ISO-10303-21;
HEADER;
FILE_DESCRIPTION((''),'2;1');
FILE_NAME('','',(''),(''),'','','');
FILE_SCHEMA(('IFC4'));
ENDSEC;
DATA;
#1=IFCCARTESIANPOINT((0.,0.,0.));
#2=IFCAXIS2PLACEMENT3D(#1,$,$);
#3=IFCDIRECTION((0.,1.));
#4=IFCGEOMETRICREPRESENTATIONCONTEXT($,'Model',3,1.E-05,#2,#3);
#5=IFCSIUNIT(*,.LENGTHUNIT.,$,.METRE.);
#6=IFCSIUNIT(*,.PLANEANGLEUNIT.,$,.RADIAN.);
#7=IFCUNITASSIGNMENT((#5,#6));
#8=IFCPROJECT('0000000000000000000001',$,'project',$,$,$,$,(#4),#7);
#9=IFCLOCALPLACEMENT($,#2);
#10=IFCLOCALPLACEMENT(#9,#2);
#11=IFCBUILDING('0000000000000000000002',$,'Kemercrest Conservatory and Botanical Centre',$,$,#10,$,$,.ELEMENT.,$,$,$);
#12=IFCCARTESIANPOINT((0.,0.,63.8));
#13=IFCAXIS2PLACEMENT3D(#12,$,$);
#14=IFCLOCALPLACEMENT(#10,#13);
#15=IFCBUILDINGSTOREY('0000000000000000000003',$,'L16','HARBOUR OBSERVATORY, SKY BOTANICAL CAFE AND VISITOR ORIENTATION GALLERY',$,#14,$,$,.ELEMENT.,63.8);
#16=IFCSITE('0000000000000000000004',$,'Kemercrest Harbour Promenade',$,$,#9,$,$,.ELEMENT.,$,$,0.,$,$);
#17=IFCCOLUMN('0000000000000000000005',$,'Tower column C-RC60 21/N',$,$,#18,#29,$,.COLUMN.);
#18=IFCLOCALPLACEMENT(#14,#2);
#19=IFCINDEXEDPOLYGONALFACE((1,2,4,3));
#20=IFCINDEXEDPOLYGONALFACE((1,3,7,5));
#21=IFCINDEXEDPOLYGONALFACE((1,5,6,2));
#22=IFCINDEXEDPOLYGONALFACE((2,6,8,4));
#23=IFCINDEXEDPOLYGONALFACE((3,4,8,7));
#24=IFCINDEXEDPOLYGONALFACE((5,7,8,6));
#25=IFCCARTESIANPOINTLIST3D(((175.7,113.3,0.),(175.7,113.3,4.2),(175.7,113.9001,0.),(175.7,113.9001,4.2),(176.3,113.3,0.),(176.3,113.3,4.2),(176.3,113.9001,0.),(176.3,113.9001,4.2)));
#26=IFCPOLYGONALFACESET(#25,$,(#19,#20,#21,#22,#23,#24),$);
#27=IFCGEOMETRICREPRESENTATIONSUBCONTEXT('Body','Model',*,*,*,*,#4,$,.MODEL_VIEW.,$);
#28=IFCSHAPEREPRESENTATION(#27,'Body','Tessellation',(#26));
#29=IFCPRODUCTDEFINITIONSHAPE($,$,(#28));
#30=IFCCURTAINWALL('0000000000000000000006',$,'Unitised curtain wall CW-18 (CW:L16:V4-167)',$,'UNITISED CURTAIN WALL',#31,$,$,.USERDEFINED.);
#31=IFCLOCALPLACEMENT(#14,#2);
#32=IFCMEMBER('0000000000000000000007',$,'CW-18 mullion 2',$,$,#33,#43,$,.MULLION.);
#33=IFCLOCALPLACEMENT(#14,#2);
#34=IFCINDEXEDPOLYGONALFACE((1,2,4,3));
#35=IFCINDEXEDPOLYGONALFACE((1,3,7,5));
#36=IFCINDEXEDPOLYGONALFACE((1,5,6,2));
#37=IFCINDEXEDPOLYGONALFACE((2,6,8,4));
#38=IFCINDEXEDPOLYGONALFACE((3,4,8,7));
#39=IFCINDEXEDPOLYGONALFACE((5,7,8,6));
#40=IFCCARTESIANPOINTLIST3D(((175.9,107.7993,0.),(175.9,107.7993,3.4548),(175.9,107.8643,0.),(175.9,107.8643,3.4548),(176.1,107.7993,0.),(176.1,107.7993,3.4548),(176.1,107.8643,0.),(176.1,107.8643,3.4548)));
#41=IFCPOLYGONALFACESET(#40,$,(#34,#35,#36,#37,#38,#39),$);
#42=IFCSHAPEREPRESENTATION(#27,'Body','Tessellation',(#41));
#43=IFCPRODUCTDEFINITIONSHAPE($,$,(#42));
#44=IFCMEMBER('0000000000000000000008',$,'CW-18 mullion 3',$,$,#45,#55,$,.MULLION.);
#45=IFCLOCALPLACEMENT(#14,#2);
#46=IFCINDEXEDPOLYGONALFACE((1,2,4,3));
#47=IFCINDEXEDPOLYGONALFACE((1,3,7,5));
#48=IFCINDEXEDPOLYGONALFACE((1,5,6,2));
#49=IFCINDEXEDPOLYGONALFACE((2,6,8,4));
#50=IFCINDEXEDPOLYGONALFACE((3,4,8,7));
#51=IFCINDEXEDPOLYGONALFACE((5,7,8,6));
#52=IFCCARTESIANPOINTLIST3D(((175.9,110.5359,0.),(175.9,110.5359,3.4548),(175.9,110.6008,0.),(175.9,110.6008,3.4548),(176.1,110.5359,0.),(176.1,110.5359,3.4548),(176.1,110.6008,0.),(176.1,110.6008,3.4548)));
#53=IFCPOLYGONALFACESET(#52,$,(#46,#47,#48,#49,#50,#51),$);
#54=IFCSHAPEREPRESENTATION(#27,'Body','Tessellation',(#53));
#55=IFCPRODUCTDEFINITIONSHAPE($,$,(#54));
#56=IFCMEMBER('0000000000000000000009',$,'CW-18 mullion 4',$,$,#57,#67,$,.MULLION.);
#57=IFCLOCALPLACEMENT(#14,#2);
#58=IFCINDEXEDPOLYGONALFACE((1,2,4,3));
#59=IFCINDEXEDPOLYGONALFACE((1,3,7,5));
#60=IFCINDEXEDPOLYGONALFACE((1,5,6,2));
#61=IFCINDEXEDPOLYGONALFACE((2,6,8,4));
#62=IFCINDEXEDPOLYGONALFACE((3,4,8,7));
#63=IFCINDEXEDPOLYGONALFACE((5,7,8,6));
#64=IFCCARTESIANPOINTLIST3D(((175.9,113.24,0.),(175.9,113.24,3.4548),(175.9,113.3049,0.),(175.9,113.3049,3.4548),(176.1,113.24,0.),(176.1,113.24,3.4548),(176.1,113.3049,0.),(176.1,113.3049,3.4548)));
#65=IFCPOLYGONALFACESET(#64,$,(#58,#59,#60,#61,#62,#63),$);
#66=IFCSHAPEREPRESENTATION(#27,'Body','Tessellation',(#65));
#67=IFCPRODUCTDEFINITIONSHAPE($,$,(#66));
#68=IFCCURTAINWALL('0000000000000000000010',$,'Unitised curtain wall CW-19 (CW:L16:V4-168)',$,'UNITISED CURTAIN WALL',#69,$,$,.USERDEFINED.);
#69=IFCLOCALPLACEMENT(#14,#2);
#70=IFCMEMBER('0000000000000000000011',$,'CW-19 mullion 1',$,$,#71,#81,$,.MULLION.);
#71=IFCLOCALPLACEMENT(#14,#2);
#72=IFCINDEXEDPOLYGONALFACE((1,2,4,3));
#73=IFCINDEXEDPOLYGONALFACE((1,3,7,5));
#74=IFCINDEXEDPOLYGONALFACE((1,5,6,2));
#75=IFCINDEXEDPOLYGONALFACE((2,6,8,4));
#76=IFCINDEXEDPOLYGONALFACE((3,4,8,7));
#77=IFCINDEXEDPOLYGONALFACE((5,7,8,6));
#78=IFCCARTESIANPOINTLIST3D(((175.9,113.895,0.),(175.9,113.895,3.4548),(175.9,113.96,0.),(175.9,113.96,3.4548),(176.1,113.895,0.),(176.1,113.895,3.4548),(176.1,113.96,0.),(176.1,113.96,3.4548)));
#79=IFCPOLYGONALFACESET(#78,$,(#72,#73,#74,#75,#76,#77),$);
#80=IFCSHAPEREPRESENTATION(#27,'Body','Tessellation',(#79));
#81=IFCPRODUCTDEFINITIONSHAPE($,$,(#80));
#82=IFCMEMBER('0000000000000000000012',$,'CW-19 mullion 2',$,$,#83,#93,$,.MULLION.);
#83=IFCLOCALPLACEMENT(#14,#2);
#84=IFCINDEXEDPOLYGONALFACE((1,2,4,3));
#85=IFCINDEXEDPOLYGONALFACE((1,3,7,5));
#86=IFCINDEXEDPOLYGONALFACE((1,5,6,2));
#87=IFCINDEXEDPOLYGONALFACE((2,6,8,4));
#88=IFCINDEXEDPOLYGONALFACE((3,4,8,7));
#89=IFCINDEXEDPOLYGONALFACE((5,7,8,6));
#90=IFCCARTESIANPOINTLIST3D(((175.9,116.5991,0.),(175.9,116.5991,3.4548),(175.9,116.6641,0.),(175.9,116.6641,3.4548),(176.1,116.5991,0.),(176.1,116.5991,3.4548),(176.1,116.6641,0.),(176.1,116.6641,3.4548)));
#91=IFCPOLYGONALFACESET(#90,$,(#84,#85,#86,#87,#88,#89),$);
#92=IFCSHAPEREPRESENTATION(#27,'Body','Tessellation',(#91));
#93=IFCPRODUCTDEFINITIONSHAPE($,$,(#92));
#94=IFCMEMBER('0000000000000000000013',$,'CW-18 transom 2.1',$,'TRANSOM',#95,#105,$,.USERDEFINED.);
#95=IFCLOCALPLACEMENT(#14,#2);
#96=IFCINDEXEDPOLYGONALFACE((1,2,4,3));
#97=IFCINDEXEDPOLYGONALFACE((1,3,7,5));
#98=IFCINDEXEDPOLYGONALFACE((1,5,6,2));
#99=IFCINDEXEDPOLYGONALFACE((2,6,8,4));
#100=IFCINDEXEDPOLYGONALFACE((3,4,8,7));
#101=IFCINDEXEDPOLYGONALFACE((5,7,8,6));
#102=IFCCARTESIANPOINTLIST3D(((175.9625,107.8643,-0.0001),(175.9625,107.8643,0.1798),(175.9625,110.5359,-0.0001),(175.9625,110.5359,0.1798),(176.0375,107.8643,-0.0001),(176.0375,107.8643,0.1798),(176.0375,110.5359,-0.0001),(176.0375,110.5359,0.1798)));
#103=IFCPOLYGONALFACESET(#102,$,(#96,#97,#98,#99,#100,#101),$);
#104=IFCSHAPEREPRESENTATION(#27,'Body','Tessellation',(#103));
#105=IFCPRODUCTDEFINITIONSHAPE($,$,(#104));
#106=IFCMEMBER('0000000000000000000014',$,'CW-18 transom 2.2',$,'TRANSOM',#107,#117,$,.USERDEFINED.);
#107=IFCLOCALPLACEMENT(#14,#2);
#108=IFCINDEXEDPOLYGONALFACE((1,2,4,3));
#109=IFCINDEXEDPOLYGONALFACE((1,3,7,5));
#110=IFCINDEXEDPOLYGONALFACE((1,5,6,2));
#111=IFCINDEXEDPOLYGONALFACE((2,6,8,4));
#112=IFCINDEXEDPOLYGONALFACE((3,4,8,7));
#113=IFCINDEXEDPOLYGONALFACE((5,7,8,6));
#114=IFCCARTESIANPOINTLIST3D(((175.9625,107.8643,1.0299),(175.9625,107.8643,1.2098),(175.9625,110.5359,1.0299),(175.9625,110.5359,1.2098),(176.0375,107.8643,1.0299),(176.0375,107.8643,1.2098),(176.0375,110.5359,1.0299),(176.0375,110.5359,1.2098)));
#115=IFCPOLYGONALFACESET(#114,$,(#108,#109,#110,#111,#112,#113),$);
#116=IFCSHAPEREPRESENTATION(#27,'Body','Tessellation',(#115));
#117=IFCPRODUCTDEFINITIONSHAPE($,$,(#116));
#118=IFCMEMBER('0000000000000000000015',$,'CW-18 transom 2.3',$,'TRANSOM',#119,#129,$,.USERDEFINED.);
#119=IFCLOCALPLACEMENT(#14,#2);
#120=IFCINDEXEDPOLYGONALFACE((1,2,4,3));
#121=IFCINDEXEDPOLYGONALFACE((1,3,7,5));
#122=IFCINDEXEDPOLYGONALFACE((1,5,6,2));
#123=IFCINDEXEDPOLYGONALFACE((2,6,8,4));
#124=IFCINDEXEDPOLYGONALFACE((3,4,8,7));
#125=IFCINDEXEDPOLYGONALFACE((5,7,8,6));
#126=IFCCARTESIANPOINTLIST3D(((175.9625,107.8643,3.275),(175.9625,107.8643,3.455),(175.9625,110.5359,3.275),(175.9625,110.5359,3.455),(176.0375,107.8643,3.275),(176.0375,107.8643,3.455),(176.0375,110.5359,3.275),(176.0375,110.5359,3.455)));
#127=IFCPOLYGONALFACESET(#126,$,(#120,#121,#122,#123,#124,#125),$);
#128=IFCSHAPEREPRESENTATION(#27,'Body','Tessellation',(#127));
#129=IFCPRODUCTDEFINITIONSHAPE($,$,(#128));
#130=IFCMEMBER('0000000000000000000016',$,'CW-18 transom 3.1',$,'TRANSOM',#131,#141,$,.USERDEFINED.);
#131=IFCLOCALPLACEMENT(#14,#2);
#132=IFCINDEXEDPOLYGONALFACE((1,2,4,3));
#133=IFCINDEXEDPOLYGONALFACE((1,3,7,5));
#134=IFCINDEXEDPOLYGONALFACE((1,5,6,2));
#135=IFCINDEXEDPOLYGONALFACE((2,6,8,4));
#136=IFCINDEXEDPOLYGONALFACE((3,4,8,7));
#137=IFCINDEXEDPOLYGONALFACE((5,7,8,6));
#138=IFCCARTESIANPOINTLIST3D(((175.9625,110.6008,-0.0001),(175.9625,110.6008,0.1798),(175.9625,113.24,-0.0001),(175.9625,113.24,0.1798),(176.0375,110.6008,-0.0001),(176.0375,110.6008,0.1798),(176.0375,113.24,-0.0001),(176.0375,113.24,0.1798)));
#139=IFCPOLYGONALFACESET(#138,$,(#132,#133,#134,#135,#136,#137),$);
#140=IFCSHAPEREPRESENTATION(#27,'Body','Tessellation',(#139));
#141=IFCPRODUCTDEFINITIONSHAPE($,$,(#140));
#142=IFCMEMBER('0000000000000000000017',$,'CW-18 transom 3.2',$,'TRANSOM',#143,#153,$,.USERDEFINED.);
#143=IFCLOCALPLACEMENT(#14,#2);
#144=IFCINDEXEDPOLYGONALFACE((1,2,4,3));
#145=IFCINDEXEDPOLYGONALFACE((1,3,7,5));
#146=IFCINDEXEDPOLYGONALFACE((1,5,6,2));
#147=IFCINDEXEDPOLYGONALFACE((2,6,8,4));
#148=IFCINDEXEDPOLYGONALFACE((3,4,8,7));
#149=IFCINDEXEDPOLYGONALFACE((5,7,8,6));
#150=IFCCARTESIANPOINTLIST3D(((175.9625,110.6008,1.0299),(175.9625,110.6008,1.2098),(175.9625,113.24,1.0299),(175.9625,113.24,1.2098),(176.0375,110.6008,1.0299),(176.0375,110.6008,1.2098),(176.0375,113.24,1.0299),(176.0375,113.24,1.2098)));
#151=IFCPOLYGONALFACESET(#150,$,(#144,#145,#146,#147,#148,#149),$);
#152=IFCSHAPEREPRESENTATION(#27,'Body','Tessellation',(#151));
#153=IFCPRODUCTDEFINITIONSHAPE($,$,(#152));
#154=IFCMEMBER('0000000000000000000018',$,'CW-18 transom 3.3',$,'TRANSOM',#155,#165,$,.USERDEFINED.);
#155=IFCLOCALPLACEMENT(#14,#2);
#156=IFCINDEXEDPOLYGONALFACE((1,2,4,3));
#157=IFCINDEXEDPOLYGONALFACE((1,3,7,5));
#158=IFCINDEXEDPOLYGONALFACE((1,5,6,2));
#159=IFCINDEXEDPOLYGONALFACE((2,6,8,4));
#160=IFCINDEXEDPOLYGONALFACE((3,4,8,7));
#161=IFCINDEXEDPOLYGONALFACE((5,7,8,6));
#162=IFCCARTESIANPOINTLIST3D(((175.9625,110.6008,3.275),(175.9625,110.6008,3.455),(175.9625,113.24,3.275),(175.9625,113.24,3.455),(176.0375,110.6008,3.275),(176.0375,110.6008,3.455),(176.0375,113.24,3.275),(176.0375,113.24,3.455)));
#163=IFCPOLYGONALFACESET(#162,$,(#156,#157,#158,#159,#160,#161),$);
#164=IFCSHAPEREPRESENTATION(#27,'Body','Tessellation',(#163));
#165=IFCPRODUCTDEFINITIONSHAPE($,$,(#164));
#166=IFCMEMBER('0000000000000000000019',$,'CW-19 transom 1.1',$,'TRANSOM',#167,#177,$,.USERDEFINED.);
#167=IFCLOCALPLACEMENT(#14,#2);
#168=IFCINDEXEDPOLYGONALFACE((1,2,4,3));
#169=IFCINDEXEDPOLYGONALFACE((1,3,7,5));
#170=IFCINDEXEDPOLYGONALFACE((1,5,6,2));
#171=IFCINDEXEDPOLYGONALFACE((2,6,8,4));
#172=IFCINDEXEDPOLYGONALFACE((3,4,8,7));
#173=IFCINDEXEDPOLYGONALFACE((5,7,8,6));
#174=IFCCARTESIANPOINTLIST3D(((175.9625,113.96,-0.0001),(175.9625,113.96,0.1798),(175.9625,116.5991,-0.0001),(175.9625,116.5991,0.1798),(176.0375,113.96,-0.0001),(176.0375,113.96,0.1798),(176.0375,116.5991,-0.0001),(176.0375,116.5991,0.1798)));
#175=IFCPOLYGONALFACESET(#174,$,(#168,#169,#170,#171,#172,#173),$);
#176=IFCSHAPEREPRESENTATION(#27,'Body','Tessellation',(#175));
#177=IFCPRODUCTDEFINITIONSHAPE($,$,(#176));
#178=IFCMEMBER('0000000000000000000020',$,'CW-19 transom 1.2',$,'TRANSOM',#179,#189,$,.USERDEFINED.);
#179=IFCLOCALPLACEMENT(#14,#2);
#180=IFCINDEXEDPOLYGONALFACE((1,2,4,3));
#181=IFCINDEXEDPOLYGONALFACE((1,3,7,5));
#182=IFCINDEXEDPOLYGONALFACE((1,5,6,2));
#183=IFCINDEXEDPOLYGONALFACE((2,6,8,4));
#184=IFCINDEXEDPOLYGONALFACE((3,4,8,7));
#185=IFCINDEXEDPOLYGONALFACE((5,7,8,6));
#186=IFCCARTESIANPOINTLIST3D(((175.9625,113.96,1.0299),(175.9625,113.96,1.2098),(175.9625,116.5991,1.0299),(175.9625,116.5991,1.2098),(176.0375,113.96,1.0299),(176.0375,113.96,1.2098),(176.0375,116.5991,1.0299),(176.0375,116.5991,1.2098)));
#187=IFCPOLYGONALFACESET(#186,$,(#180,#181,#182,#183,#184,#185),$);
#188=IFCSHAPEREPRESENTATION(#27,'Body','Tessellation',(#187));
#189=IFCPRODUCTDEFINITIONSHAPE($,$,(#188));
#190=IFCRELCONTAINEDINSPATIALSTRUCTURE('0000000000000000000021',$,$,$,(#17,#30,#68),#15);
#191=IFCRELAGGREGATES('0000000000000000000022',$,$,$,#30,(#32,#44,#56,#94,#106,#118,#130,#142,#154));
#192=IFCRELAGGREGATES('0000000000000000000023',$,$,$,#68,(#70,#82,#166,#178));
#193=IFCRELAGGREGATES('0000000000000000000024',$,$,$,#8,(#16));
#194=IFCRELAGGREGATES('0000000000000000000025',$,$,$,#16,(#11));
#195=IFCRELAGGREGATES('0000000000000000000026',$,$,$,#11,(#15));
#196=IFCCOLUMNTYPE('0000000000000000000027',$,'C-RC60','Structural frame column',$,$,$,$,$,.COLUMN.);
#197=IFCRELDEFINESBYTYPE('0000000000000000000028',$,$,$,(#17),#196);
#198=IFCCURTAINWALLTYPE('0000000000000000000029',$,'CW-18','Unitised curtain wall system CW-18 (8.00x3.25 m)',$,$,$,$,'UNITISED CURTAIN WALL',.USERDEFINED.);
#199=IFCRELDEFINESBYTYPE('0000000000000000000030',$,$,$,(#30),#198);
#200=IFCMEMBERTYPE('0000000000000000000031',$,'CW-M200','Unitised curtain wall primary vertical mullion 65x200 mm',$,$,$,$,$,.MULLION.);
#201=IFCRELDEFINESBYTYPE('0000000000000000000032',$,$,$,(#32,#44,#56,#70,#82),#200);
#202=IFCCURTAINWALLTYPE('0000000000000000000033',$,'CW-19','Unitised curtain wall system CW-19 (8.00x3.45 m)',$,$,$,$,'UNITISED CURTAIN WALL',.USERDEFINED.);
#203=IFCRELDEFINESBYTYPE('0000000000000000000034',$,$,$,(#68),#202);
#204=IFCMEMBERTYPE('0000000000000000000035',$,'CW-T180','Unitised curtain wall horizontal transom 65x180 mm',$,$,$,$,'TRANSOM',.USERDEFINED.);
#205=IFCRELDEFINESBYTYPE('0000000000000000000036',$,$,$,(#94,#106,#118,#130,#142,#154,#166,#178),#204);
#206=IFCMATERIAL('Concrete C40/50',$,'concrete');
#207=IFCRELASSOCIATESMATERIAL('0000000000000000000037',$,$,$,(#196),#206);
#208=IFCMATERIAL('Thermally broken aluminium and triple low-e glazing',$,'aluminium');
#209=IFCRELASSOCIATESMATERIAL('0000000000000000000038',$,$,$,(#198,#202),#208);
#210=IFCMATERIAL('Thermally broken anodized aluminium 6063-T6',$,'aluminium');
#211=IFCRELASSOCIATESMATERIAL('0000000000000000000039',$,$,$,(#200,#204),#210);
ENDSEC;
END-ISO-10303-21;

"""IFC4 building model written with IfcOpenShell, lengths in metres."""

from ifc_helpers import new_model, si_unit, direction, frame, origin, origin_2d, place, context, subcontext, project, spatial, rectangle, extrude, material, material_profile, profile_set, type_object, element, aggregate, save


model = new_model("IFC4")

# Units and contexts
model_context = context("Model", 3, precision=1e-05, world=origin(), true_north=direction((0.0, 1.0)))
body_context = subcontext(model_context, "Body", "Model", "MODEL_VIEW")
ifc_project = project(units=[si_unit("LENGTHUNIT", "METRE"), si_unit("PLANEANGLEUNIT", "RADIAN")], contexts=[model_context])

# Site, building, storey
site_placement = place(None, origin())
site = spatial("IfcSite", under=ifc_project, at=site_placement, Name="Kemercrest Harbour Promenade", CompositionType="ELEMENT", RefElevation=0.0)
building_placement = place(site_placement, origin())
building = spatial("IfcBuilding", under=site, at=building_placement, Name="Kemercrest Conservatory and Botanical Centre", CompositionType="ELEMENT")
storey_placement = place(building_placement, frame((0.0, 0.0, 63.8)))
storey = spatial("IfcBuildingStorey", under=building, at=storey_placement, Name="L16", Description="HARBOUR OBSERVATORY, SKY BOTANICAL CAFE AND VISITOR ORIENTATION GALLERY", CompositionType="ELEMENT", Elevation=63.8)

# Column
ifc_material_1 = material(Name="Concrete C40/50", Category="concrete")
ifc_material_profile_1 = material_profile(ifc_material_1, rectangle(XDim=0.6001, YDim=0.6001, at=origin_2d()), Name="RC 600x600")
ifc_profile_set_1 = profile_set([ifc_material_profile_1], Name="Concrete C40/50")
column_type = type_object("IfcColumnType", Name="C-RC60", Description="Structural frame column", PredefinedType="COLUMN", material=ifc_profile_set_1)
column_placement = place(storey_placement, frame((176.0, 113.6001, 0.0), z_axis=(0.0, 0.0, 1.0), x_axis=(1.0, 0.0, 0.0)))
element("IfcColumn", 1, at=column_placement, inside=storey, type_object=column_type, Name="Tower column C-RC60 21/N", PredefinedType="COLUMN", context=body_context, shape_type="SweptSolid", body=[
    extrude(rectangle(XDim=0.6001, YDim=0.6001, at=origin_2d()), origin(), (0.0, 0.0, 1.0), 4.2),
])

# Curtain walls, members
ifc_material_2 = material(Name="Thermally broken aluminium and triple low-e glazing", Category="aluminium")
curtain_wall_type_1 = type_object("IfcCurtainWallType", Name="CW-18", Description="Unitised curtain wall system CW-18 (8.00x3.25 m)", ElementType="UNITISED CURTAIN WALL", PredefinedType="USERDEFINED", material=ifc_material_2)
curtain_wall_1_placement = place(storey_placement, origin())
curtain_wall_1 = element("IfcCurtainWall", 2, at=curtain_wall_1_placement, inside=storey, type_object=curtain_wall_type_1, Name="Unitised curtain wall CW-18 (CW:L16:V4-167)", ObjectType="UNITISED CURTAIN WALL", PredefinedType="USERDEFINED")
ifc_material_3 = material(Name="Thermally broken anodized aluminium 6063-T6", Category="aluminium")
ifc_material_profile_2 = material_profile(ifc_material_3, rectangle(XDim=0.2, YDim=0.0649, at=origin_2d()), Name="AL MULLION 65x200")
ifc_profile_set_2 = profile_set([ifc_material_profile_2], Name="Thermally broken anodized aluminium 6063-T6")
member_type_1 = type_object("IfcMemberType", Name="CW-M200", Description="Unitised curtain wall primary vertical mullion 65x200 mm", PredefinedType="MULLION", material=ifc_profile_set_2)
member_1_placement = place(storey_placement, frame((176.0, 107.8318, 0.0), z_axis=(0.0, 0.0, 1.0), x_axis=(-1.0, 0.0, 0.0)))
member_1 = element("IfcMember", 3, at=member_1_placement, type_object=member_type_1, Name="CW-18 mullion 2", PredefinedType="MULLION", context=body_context, shape_type="SweptSolid", body=[
    extrude(rectangle(XDim=0.2, YDim=0.0649, at=origin_2d()), origin(), (0.0, 0.0, 1.0), 3.4548),
])
member_2_placement = place(storey_placement, frame((176.0, 110.5684, 0.0), z_axis=(0.0, 0.0, 1.0), x_axis=(-1.0, 0.0, 0.0)))
member_2 = element("IfcMember", 4, at=member_2_placement, type_object=member_type_1, Name="CW-18 mullion 3", PredefinedType="MULLION", context=body_context, shape_type="SweptSolid", body=[
    extrude(rectangle(XDim=0.2, YDim=0.0649, at=origin_2d()), origin(), (0.0, 0.0, 1.0), 3.4548),
])
member_3_placement = place(storey_placement, frame((176.0, 113.2725, 0.0), z_axis=(0.0, 0.0, 1.0), x_axis=(-1.0, 0.0, 0.0)))
member_3 = element("IfcMember", 5, at=member_3_placement, type_object=member_type_1, Name="CW-18 mullion 4", PredefinedType="MULLION", context=body_context, shape_type="SweptSolid", body=[
    extrude(rectangle(XDim=0.2, YDim=0.0649, at=origin_2d()), origin(), (0.0, 0.0, 1.0), 3.4548),
])
curtain_wall_type_2 = type_object("IfcCurtainWallType", Name="CW-19", Description="Unitised curtain wall system CW-19 (8.00x3.45 m)", ElementType="UNITISED CURTAIN WALL", PredefinedType="USERDEFINED", material=ifc_material_2)
curtain_wall_2_placement = place(storey_placement, origin())
curtain_wall_2 = element("IfcCurtainWall", 6, at=curtain_wall_2_placement, inside=storey, type_object=curtain_wall_type_2, Name="Unitised curtain wall CW-19 (CW:L16:V4-168)", ObjectType="UNITISED CURTAIN WALL", PredefinedType="USERDEFINED")
member_4_placement = place(storey_placement, frame((176.0, 113.9275, 0.0), z_axis=(0.0, 0.0, 1.0), x_axis=(-1.0, 0.0, 0.0)))
member_4 = element("IfcMember", 7, at=member_4_placement, type_object=member_type_1, Name="CW-19 mullion 1", PredefinedType="MULLION", context=body_context, shape_type="SweptSolid", body=[
    extrude(rectangle(XDim=0.2, YDim=0.0649, at=origin_2d()), origin(), (0.0, 0.0, 1.0), 3.4548),
])
member_5_placement = place(storey_placement, frame((176.0, 116.6316, 0.0), z_axis=(0.0, 0.0, 1.0), x_axis=(-1.0, 0.0, 0.0)))
member_5 = element("IfcMember", 8, at=member_5_placement, type_object=member_type_1, Name="CW-19 mullion 2", PredefinedType="MULLION", context=body_context, shape_type="SweptSolid", body=[
    extrude(rectangle(XDim=0.2, YDim=0.0649, at=origin_2d()), origin(), (0.0, 0.0, 1.0), 3.4548),
])

# Members
ifc_material_profile_3 = material_profile(ifc_material_3, rectangle(XDim=0.075, YDim=0.1799, at=origin_2d()), Name="AL TRANSOM 75x180")
ifc_profile_set_3 = profile_set([ifc_material_profile_3], Name="Thermally broken anodized aluminium 6063-T6")
member_type_2 = type_object("IfcMemberType", Name="CW-T180", Description="Unitised curtain wall horizontal transom 65x180 mm", ElementType="TRANSOM", PredefinedType="USERDEFINED", material=ifc_profile_set_3)
member_6_placement = place(storey_placement, frame((176.0, 107.8643, 0.0898), z_axis=(0.0, 1.0, 0.0), x_axis=(-1.0, 0.0, 0.0)))
member_6 = element("IfcMember", 9, at=member_6_placement, type_object=member_type_2, Name="CW-18 transom 2.1", ObjectType="TRANSOM", PredefinedType="USERDEFINED", context=body_context, shape_type="SweptSolid", body=[
    extrude(rectangle(XDim=0.075, YDim=0.1799, at=origin_2d()), origin(), (0.0, 0.0, 1.0), 2.6716),
])
member_7_placement = place(storey_placement, frame((176.0, 107.8643, 1.1199), z_axis=(0.0, 1.0, 0.0), x_axis=(-1.0, 0.0, 0.0)))
member_7 = element("IfcMember", 10, at=member_7_placement, type_object=member_type_2, Name="CW-18 transom 2.2", ObjectType="TRANSOM", PredefinedType="USERDEFINED", context=body_context, shape_type="SweptSolid", body=[
    extrude(rectangle(XDim=0.075, YDim=0.1799, at=origin_2d()), origin(), (0.0, 0.0, 1.0), 2.6716),
])
member_8_placement = place(storey_placement, frame((176.0, 107.8643, 3.365), z_axis=(0.0, 1.0, 0.0), x_axis=(-1.0, 0.0, 0.0)))
member_8 = element("IfcMember", 11, at=member_8_placement, type_object=member_type_2, Name="CW-18 transom 2.3", ObjectType="TRANSOM", PredefinedType="USERDEFINED", context=body_context, shape_type="SweptSolid", body=[
    extrude(rectangle(XDim=0.075, YDim=0.1799, at=origin_2d()), origin(), (0.0, 0.0, 1.0), 2.6716),
])
member_9_placement = place(storey_placement, frame((176.0, 110.6008, 0.0898), z_axis=(0.0, 1.0, 0.0), x_axis=(-1.0, 0.0, 0.0)))
member_9 = element("IfcMember", 12, at=member_9_placement, type_object=member_type_2, Name="CW-18 transom 3.1", ObjectType="TRANSOM", PredefinedType="USERDEFINED", context=body_context, shape_type="SweptSolid", body=[
    extrude(rectangle(XDim=0.075, YDim=0.1799, at=origin_2d()), origin(), (0.0, 0.0, 1.0), 2.6392),
])
member_10_placement = place(storey_placement, frame((176.0, 110.6008, 1.1199), z_axis=(0.0, 1.0, 0.0), x_axis=(-1.0, 0.0, 0.0)))
member_10 = element("IfcMember", 13, at=member_10_placement, type_object=member_type_2, Name="CW-18 transom 3.2", ObjectType="TRANSOM", PredefinedType="USERDEFINED", context=body_context, shape_type="SweptSolid", body=[
    extrude(rectangle(XDim=0.075, YDim=0.1799, at=origin_2d()), origin(), (0.0, 0.0, 1.0), 2.6392),
])
member_11_placement = place(storey_placement, frame((176.0, 110.6008, 3.365), z_axis=(0.0, 1.0, 0.0), x_axis=(-1.0, 0.0, 0.0)))
member_11 = element("IfcMember", 14, at=member_11_placement, type_object=member_type_2, Name="CW-18 transom 3.3", ObjectType="TRANSOM", PredefinedType="USERDEFINED", context=body_context, shape_type="SweptSolid", body=[
    extrude(rectangle(XDim=0.075, YDim=0.1799, at=origin_2d()), origin(), (0.0, 0.0, 1.0), 2.6392),
])
member_12_placement = place(storey_placement, frame((176.0, 113.96, 0.0898), z_axis=(0.0, 1.0, 0.0), x_axis=(-1.0, 0.0, 0.0)))
member_12 = element("IfcMember", 15, at=member_12_placement, type_object=member_type_2, Name="CW-19 transom 1.1", ObjectType="TRANSOM", PredefinedType="USERDEFINED", context=body_context, shape_type="SweptSolid", body=[
    extrude(rectangle(XDim=0.075, YDim=0.1799, at=origin_2d()), origin(), (0.0, 0.0, 1.0), 2.6392),
])
member_13_placement = place(storey_placement, frame((176.0, 113.96, 1.1199), z_axis=(0.0, 1.0, 0.0), x_axis=(-1.0, 0.0, 0.0)))
member_13 = element("IfcMember", 16, at=member_13_placement, type_object=member_type_2, Name="CW-19 transom 1.2", ObjectType="TRANSOM", PredefinedType="USERDEFINED", context=body_context, shape_type="SweptSolid", body=[
    extrude(rectangle(XDim=0.075, YDim=0.1799, at=origin_2d()), origin(), (0.0, 0.0, 1.0), 2.6392),
])

aggregate(curtain_wall_1, [member_1, member_2, member_3, member_6, member_7, member_8, member_9, member_10, member_11])
aggregate(curtain_wall_2, [member_4, member_5, member_12, member_13])

save(model, "model.ifc")
